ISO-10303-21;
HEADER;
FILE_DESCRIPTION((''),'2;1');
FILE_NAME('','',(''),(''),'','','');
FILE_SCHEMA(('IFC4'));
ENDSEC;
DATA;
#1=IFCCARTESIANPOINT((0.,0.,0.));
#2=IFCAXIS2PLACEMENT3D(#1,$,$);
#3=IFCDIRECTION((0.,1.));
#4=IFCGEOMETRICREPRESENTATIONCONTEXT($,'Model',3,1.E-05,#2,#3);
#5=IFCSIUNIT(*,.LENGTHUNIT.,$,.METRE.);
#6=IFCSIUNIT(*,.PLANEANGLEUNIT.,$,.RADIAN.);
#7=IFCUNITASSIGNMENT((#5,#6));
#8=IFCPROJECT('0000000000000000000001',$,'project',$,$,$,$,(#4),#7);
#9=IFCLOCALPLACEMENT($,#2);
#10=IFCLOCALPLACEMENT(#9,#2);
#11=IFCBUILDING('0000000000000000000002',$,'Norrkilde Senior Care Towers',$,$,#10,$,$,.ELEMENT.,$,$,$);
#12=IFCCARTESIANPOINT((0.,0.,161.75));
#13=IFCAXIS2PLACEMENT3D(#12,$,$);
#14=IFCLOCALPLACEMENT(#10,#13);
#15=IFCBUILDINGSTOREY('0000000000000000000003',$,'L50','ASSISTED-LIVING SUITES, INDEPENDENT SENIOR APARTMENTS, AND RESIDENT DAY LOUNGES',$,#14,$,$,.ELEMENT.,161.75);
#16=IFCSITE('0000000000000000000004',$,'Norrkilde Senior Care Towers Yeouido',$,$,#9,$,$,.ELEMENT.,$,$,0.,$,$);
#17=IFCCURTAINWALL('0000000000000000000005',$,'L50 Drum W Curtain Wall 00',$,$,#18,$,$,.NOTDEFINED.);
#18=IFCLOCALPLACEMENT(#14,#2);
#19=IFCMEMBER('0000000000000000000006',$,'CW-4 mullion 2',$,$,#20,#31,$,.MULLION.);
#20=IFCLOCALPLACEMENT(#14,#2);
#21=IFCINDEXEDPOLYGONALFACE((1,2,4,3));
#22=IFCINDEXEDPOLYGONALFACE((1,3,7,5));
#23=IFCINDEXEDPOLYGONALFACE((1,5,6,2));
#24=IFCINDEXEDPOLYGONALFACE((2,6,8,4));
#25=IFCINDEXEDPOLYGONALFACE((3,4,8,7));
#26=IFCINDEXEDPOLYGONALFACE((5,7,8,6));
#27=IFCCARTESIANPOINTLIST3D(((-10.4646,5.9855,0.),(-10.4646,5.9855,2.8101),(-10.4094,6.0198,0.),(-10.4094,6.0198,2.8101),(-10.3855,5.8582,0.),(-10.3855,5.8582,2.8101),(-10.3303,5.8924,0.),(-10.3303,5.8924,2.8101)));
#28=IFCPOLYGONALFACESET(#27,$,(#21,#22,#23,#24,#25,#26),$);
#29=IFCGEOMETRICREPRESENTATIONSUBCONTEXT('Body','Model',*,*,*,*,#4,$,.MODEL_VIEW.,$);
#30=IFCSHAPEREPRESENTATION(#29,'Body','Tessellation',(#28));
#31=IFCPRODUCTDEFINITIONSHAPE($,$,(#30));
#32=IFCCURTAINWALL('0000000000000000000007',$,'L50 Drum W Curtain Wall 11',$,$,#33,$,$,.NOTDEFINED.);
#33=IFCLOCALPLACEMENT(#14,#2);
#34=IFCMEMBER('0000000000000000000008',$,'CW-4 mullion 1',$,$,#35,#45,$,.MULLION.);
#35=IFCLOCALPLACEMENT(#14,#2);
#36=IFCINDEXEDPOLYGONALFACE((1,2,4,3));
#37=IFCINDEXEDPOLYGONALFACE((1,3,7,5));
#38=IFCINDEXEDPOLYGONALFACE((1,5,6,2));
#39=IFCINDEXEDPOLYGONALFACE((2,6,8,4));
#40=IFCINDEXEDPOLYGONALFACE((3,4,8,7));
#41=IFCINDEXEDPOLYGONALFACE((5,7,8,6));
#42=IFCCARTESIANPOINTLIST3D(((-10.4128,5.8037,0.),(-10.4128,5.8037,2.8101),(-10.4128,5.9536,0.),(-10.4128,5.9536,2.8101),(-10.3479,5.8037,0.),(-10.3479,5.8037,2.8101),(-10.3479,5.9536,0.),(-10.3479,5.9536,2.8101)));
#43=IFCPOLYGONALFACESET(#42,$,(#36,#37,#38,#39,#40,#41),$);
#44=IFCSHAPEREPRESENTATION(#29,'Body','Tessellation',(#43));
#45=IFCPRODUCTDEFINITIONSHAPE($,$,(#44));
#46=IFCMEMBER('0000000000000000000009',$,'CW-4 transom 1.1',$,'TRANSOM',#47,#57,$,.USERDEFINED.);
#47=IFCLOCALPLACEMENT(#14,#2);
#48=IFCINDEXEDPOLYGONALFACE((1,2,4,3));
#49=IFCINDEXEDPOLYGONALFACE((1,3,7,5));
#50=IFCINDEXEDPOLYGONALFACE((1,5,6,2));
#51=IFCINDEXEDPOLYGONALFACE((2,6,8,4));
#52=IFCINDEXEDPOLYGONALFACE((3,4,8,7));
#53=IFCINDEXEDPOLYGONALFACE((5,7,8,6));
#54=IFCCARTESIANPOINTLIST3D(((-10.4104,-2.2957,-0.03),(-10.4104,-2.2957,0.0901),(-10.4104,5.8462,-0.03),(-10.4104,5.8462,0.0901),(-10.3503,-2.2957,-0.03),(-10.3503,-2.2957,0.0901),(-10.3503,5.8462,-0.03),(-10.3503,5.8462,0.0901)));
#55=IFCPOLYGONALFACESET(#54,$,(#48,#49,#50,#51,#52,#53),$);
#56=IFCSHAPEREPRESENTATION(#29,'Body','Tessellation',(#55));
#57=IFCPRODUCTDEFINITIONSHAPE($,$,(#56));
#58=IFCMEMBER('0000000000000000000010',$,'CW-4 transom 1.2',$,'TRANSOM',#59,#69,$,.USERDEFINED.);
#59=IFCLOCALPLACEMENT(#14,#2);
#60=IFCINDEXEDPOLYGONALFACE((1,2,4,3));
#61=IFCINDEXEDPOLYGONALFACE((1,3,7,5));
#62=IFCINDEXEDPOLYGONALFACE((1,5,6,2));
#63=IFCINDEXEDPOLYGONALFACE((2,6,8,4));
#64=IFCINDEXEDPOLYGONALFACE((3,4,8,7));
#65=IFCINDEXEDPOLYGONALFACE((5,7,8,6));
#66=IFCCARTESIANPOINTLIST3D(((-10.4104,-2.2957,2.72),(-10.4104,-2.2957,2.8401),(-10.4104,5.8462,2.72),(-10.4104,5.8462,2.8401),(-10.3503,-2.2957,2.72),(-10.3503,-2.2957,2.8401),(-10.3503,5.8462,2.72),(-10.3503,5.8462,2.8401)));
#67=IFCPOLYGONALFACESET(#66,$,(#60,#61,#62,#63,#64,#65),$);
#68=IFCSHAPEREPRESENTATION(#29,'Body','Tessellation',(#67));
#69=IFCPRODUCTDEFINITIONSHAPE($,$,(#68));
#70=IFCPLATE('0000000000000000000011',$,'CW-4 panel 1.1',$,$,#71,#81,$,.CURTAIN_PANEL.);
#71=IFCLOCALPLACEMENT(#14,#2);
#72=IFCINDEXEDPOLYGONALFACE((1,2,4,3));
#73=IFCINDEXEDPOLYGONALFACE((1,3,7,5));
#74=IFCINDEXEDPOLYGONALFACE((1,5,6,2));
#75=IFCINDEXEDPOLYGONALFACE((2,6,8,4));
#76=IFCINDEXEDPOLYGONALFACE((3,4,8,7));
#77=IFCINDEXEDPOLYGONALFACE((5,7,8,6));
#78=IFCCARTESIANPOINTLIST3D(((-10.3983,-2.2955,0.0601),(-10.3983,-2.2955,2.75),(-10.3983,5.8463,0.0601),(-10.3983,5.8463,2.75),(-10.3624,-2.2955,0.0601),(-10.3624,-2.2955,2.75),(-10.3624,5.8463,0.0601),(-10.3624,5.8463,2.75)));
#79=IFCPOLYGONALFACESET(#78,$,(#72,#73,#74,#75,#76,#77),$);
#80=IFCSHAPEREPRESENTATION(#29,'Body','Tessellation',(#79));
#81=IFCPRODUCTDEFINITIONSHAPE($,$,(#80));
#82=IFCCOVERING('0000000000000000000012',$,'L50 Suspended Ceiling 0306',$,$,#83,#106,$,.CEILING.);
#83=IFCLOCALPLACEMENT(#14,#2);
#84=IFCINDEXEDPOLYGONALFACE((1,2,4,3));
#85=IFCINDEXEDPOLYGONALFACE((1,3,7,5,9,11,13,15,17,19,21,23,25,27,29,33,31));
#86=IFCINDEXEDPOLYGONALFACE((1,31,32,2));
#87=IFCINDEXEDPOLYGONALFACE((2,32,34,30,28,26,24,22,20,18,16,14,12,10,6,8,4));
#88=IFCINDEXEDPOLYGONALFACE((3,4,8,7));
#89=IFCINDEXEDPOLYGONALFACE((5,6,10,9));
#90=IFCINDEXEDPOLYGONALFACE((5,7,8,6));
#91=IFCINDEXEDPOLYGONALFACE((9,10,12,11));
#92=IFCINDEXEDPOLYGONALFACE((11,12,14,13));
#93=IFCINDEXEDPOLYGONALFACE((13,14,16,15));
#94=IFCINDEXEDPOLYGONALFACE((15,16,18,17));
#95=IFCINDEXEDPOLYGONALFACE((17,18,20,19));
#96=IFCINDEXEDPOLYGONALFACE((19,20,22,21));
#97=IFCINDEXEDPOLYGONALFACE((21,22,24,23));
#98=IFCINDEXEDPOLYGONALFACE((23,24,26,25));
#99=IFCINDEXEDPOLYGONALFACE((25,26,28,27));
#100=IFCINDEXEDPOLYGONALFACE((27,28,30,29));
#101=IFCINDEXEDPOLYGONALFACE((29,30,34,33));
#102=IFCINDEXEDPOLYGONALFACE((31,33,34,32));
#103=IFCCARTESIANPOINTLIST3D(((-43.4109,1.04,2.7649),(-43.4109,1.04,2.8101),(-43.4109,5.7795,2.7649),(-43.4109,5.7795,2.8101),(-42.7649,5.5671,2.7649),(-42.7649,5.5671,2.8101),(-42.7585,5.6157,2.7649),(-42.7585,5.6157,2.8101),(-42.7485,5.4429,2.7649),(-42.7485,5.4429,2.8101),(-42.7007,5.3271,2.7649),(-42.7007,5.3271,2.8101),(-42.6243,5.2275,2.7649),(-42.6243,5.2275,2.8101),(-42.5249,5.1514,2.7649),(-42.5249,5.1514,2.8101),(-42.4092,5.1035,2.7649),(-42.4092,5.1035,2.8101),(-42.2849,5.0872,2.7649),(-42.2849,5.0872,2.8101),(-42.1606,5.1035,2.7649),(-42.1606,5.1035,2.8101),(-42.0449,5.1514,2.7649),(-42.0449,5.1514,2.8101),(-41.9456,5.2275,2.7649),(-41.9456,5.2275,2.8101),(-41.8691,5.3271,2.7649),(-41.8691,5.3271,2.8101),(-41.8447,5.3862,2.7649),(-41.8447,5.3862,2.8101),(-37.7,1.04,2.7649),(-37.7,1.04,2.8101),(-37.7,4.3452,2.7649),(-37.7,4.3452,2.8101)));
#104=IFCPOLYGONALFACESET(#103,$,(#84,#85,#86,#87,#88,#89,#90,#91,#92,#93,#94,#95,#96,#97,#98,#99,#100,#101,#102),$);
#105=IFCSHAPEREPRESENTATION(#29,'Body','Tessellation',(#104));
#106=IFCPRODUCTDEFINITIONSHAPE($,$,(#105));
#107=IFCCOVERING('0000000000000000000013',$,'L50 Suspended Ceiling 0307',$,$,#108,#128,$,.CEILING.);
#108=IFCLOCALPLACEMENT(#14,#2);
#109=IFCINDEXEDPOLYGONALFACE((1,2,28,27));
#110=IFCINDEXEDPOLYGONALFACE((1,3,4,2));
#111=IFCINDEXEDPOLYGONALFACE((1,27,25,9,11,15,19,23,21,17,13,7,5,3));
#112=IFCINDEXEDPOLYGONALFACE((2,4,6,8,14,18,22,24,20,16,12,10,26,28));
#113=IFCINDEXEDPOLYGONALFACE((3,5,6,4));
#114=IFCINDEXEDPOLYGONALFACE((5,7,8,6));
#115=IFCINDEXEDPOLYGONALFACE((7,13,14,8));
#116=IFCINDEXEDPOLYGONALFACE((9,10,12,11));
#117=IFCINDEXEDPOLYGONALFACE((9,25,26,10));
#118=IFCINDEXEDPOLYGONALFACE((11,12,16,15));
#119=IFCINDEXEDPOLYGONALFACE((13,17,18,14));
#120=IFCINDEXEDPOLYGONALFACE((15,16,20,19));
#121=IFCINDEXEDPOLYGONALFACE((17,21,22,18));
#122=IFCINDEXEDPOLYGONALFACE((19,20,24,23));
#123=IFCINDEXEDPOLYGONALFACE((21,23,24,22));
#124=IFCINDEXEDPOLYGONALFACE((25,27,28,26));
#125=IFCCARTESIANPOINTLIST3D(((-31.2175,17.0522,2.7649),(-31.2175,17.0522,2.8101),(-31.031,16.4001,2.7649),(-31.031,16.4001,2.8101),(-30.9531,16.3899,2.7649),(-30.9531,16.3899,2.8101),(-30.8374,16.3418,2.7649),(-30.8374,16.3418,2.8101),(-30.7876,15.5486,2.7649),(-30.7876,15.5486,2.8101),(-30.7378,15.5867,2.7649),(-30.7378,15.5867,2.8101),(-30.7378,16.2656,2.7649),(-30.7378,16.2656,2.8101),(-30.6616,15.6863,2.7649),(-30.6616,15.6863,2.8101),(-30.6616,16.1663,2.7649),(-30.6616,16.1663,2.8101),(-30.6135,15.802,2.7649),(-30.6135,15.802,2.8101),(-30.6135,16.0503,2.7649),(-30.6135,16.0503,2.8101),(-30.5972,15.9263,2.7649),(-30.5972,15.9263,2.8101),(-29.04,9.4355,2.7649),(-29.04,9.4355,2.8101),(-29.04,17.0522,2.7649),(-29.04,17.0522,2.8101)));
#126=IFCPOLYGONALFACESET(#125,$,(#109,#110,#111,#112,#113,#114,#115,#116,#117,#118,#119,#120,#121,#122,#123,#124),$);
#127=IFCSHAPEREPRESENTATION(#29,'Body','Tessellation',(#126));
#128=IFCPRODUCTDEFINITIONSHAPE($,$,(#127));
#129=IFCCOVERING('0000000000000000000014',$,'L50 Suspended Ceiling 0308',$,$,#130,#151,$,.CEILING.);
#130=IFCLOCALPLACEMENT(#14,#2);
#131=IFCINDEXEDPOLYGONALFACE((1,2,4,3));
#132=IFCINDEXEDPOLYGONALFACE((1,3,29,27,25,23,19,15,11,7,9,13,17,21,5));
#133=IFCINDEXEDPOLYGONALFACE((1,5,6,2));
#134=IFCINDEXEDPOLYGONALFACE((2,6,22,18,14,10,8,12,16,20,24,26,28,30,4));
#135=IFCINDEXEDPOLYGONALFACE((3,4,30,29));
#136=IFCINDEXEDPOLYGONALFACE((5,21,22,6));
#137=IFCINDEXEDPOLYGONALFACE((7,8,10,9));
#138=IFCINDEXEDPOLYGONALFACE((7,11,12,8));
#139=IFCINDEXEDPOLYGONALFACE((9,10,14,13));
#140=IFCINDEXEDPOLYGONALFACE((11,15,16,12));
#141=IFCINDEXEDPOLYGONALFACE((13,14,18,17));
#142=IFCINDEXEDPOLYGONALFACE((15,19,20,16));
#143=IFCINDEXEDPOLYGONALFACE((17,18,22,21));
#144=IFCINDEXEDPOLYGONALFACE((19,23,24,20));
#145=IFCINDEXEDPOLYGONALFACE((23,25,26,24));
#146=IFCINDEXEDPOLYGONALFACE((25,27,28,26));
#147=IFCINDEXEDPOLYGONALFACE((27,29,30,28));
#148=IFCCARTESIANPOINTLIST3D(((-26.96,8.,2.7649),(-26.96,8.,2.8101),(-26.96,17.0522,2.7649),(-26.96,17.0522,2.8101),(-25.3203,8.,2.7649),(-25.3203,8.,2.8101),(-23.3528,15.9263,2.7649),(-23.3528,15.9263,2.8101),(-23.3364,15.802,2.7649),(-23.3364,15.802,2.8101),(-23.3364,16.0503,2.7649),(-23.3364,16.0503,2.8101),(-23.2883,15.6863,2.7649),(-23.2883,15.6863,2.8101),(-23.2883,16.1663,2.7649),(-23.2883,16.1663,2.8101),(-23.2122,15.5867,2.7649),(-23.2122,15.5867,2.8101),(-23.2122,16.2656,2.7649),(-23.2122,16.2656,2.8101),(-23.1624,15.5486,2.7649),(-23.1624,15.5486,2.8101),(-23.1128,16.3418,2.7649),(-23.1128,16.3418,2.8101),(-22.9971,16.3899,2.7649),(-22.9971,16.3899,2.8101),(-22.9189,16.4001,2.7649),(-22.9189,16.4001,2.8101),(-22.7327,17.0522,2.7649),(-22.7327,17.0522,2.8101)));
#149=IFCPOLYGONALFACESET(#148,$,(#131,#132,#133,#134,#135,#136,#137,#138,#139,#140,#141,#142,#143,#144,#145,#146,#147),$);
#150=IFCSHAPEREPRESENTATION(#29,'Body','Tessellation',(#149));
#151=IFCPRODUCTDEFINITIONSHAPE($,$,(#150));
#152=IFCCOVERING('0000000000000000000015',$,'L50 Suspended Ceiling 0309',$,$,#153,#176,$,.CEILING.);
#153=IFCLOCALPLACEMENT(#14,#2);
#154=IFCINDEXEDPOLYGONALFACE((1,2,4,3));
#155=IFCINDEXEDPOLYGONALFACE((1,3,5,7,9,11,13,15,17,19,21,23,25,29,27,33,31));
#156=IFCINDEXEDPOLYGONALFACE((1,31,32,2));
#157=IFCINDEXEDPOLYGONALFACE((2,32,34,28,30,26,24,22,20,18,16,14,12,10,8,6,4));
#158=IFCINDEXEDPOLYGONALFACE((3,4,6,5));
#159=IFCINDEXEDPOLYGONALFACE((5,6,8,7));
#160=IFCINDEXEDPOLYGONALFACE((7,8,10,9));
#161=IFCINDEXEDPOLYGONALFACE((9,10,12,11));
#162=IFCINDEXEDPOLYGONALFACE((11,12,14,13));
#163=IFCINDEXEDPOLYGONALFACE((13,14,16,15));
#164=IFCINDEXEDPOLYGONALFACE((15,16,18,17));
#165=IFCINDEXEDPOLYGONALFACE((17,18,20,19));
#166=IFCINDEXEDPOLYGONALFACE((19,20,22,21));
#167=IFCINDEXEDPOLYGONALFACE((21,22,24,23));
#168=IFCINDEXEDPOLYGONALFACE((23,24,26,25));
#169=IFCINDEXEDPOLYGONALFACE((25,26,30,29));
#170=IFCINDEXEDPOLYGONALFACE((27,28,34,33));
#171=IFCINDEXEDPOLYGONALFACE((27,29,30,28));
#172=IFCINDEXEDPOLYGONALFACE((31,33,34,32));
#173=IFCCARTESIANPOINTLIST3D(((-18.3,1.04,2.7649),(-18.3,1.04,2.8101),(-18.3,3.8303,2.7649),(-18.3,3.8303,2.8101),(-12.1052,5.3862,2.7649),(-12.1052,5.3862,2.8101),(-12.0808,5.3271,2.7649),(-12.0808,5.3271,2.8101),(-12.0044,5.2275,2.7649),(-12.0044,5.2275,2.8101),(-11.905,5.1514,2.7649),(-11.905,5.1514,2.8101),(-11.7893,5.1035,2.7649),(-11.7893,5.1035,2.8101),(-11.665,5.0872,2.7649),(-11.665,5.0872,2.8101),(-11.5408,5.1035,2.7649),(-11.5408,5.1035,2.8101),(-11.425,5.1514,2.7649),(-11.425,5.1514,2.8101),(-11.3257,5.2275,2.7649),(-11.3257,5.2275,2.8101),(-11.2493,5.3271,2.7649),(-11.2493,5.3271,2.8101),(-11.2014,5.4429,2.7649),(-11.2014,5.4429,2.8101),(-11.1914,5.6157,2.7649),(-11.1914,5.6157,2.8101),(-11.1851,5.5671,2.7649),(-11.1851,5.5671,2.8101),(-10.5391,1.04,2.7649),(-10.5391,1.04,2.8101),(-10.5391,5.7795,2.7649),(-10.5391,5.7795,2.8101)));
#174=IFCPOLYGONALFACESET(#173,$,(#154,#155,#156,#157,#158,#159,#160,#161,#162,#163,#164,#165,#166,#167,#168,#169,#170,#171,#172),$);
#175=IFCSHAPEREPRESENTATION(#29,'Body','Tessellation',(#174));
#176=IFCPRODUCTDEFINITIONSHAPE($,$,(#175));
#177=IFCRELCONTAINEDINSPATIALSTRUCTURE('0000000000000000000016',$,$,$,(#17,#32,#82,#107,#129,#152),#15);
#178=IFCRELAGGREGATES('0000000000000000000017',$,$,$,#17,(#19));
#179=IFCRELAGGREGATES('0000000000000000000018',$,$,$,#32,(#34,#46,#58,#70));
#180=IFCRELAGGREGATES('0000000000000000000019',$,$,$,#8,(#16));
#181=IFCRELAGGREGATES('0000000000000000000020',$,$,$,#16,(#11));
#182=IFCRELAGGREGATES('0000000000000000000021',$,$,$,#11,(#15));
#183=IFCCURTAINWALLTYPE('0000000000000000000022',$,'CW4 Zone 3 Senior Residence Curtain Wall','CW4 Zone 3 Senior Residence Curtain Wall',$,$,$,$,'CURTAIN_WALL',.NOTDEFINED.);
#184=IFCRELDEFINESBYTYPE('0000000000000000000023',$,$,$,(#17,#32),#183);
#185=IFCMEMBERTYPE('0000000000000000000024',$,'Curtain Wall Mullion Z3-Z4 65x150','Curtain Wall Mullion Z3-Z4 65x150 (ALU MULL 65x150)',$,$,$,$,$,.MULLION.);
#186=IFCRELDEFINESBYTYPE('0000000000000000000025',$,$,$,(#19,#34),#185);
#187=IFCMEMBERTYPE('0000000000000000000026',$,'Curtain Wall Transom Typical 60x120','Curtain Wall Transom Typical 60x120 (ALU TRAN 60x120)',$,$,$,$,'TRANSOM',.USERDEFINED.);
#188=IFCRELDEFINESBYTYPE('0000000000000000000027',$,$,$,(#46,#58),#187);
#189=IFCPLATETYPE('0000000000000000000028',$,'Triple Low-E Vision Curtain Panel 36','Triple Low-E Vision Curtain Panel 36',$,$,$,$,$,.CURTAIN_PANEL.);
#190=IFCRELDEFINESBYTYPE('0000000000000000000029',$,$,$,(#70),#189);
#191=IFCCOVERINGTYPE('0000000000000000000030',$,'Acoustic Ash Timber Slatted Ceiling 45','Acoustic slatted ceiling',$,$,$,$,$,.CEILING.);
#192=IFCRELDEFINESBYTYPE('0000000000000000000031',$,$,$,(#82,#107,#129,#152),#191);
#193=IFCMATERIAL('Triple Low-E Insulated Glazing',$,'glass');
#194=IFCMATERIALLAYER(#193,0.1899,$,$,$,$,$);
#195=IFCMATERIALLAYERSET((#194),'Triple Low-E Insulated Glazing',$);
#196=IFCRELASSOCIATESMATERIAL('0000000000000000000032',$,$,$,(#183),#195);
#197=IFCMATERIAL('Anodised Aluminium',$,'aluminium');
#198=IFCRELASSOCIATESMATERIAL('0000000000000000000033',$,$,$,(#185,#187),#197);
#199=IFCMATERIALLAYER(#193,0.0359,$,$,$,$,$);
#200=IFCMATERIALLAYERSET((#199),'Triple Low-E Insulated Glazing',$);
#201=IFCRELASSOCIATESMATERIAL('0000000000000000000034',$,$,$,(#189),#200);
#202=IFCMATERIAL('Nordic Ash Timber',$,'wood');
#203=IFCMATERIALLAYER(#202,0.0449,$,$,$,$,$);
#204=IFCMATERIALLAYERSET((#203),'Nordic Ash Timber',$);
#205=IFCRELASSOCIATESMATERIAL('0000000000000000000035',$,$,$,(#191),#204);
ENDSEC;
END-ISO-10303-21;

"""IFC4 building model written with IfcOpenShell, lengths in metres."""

from ifc_helpers import new_model, si_unit, direction, frame, origin, origin_2d, place, context, subcontext, project, spatial, polyline, rectangle, outline, extrude, source, transform, mapped, material, layer, layer_set, material_profile, profile_set, type_object, type_shapes, element, aggregate, save


model = new_model("IFC4")

# Units and contexts
model_context = context("Model", 3, precision=1e-05, world=origin(), true_north=direction((0.0, 1.0)))
body_context = subcontext(model_context, "Body", "Model", "MODEL_VIEW")
ifc_project = project(units=[si_unit("LENGTHUNIT", "METRE"), si_unit("PLANEANGLEUNIT", "RADIAN")], contexts=[model_context])

# Site, building, storey
site_placement = place(None, origin())
site = spatial("IfcSite", under=ifc_project, at=site_placement, Name="Norrkilde Senior Care Towers Yeouido", CompositionType="ELEMENT", RefElevation=0.0)
building_placement = place(site_placement, origin())
building = spatial("IfcBuilding", under=site, at=building_placement, Name="Norrkilde Senior Care Towers", CompositionType="ELEMENT")
storey_placement = place(building_placement, frame((0.0, 0.0, 161.75)))
storey = spatial("IfcBuildingStorey", under=building, at=storey_placement, Name="L50", Description="ASSISTED-LIVING SUITES, INDEPENDENT SENIOR APARTMENTS, AND RESIDENT DAY LOUNGES", CompositionType="ELEMENT", Elevation=161.75)

# Curtain wall, member
ifc_material_1 = material(Name="Triple Low-E Insulated Glazing", Category="glass")
ifc_layer_1 = layer(ifc_material_1, 0.1899)
ifc_layer_set_1 = layer_set([ifc_layer_1], Name="Triple Low-E Insulated Glazing")
curtain_wall_type = type_object("IfcCurtainWallType", Name="CW4 Zone 3 Senior Residence Curtain Wall", Description="CW4 Zone 3 Senior Residence Curtain Wall", ElementType="CURTAIN_WALL", PredefinedType="NOTDEFINED", material=ifc_layer_set_1)
curtain_wall_1_placement = place(storey_placement, origin())
curtain_wall_1 = element("IfcCurtainWall", 1, at=curtain_wall_1_placement, inside=storey, type_object=curtain_wall_type, Name="L50 Drum W Curtain Wall 00", PredefinedType="NOTDEFINED")
ifc_material_2 = material(Name="Anodised Aluminium", Category="aluminium")
ifc_material_profile_1 = material_profile(ifc_material_2, rectangle(XDim=0.0649, YDim=0.1499, at=origin_2d()), Name="ALU MULL 65x150")
ifc_profile_set_1 = profile_set([ifc_material_profile_1], Name="Anodised Aluminium")
member_type_1 = type_object("IfcMemberType", Name="Curtain Wall Mullion Z3-Z4 65x150", Description="Curtain Wall Mullion Z3-Z4 65x150 (ALU MULL 65x150)", PredefinedType="MULLION", material=ifc_profile_set_1)
shared_shape_1 = source(origin(), body_context, "Body", "SweptSolid", [
    extrude(rectangle(XDim=0.0649, YDim=0.1499, at=origin_2d()), origin(), (0.0, 0.0, 1.0), 2.8101),
])
type_shapes(member_type_1, [shared_shape_1])
member_1_placement = place(storey_placement, frame((-10.3975, 5.939, 0.0), z_axis=(0.0, 0.0, 1.0), x_axis=(0.849634, 0.527373, 0.0)))
member_1 = element("IfcMember", 2, at=member_1_placement, type_object=member_type_1, Name="CW-4 mullion 2", PredefinedType="MULLION", context=body_context, shape_type="MappedRepresentation", body=[
    mapped(shared_shape_1, transform((0.0, 0.0, 0.0), x_axis=(1.0, 0.0, 0.0), y_axis=(0.0, 1.0, 0.0), z_axis=(0.0, 0.0, 1.0), scale=1.0)),
])
aggregate(curtain_wall_1, [member_1])

# Curtain wall, members, plate
curtain_wall_2_placement = place(storey_placement, origin())
curtain_wall_2 = element("IfcCurtainWall", 3, at=curtain_wall_2_placement, inside=storey, type_object=curtain_wall_type, Name="L50 Drum W Curtain Wall 11", PredefinedType="NOTDEFINED")
member_2_placement = place(storey_placement, frame((-10.3804, 5.8787, 0.0), z_axis=(0.0, 0.0, 1.0), x_axis=(1.0, 0.0, 0.0)))
member_2 = element("IfcMember", 4, at=member_2_placement, type_object=member_type_1, Name="CW-4 mullion 1", PredefinedType="MULLION", context=body_context, shape_type="MappedRepresentation", body=[
    mapped(shared_shape_1, transform((0.0, 0.0, 0.0), x_axis=(1.0, 0.0, 0.0), y_axis=(0.0, 1.0, 0.0), z_axis=(0.0, 0.0, 1.0), scale=1.0)),
])
ifc_material_profile_2 = material_profile(ifc_material_2, rectangle(XDim=0.0601, YDim=0.1201, at=origin_2d()), Name="ALU TRAN 60x120")
ifc_profile_set_2 = profile_set([ifc_material_profile_2], Name="Anodised Aluminium")
member_type_2 = type_object("IfcMemberType", Name="Curtain Wall Transom Typical 60x120", Description="Curtain Wall Transom Typical 60x120 (ALU TRAN 60x120)", ElementType="TRANSOM", PredefinedType="USERDEFINED", material=ifc_profile_set_2)
shared_shape_2 = source(origin(), body_context, "Body", "SweptSolid", [
    extrude(rectangle(XDim=0.0601, YDim=0.1201, at=origin_2d()), origin(), (0.0, 0.0, 1.0), 8.1418),
])
type_shapes(member_type_2, [shared_shape_2])
member_3_placement = place(storey_placement, frame((-10.3804, 5.8462, 0.03), z_axis=(0.0, -1.0, 0.0), x_axis=(1.0, 0.0, 0.0)))
member_3 = element("IfcMember", 5, at=member_3_placement, type_object=member_type_2, Name="CW-4 transom 1.1", ObjectType="TRANSOM", PredefinedType="USERDEFINED", context=body_context, shape_type="MappedRepresentation", body=[
    mapped(shared_shape_2, transform((0.0, 0.0, 0.0), x_axis=(1.0, 0.0, 0.0), y_axis=(0.0, 1.0, 0.0), z_axis=(0.0, 0.0, 1.0), scale=1.0)),
])
member_4_placement = place(storey_placement, frame((-10.3804, 5.8462, 2.78), z_axis=(0.0, -1.0, 0.0), x_axis=(1.0, 0.0, 0.0)))
member_4 = element("IfcMember", 6, at=member_4_placement, type_object=member_type_2, Name="CW-4 transom 1.2", ObjectType="TRANSOM", PredefinedType="USERDEFINED", context=body_context, shape_type="MappedRepresentation", body=[
    mapped(shared_shape_2, transform((0.0, 0.0, 0.0), x_axis=(1.0, 0.0, 0.0), y_axis=(0.0, 1.0, 0.0), z_axis=(0.0, 0.0, 1.0), scale=1.0)),
])
ifc_layer_2 = layer(ifc_material_1, 0.0359)
ifc_layer_set_2 = layer_set([ifc_layer_2], Name="Triple Low-E Insulated Glazing")
plate_type = type_object("IfcPlateType", Name="Triple Low-E Vision Curtain Panel 36", Description="Triple Low-E Vision Curtain Panel 36", PredefinedType="CURTAIN_PANEL", material=ifc_layer_set_2)
shared_shape_3 = source(origin(), body_context, "Body", "SweptSolid", [
    extrude(rectangle(XDim=8.1418, YDim=0.0359, at=origin_2d()), origin(), (0.0, 0.0, 1.0), 2.6899),
])
type_shapes(plate_type, [shared_shape_3])
plate_placement = place(storey_placement, frame((-10.3804, 1.7754, 0.0601), z_axis=(0.0, 0.0, 1.0), x_axis=(0.0, -1.0, 0.0)))
plate = element("IfcPlate", 7, at=plate_placement, type_object=plate_type, Name="CW-4 panel 1.1", PredefinedType="CURTAIN_PANEL", context=body_context, shape_type="MappedRepresentation", body=[
    mapped(shared_shape_3, transform((0.0, 0.0, 0.0), x_axis=(1.0, 0.0, 0.0), y_axis=(0.0, 1.0, 0.0), z_axis=(0.0, 0.0, 1.0), scale=1.0)),
])
aggregate(curtain_wall_2, [member_2, member_3, member_4, plate])

# Coverings
ifc_material_3 = material(Name="Nordic Ash Timber", Category="wood")
ifc_layer_3 = layer(ifc_material_3, 0.0449)
ifc_layer_set_3 = layer_set([ifc_layer_3], Name="Nordic Ash Timber")
covering_type_1 = type_object("IfcCoveringType", Name="Acoustic Ash Timber Slatted Ceiling 45", Description="Acoustic slatted ceiling", PredefinedType="CEILING", material=ifc_layer_set_3)
covering_1_placement = place(storey_placement, frame((0.0, 0.0, 2.7649)))
element("IfcCovering", 8, at=covering_1_placement, inside=storey, type_object=covering_type_1, Name="L50 Suspended Ceiling 0306", PredefinedType="CEILING", context=body_context, shape_type="SweptSolid", body=[
    extrude(outline(polyline([(-37.7, 1.04), (-43.4109, 1.04), (-43.4109, 5.7795), (-42.7585, 5.6157), (-42.7649, 5.5671), (-42.7485, 5.4429), (-42.7007, 5.3271), (-42.6243, 5.2275), (-42.5249, 5.1514), (-42.4092, 5.1035), (-42.2849, 5.0872), (-42.1606, 5.1035), (-42.0449, 5.1514), (-41.9456, 5.2275), (-41.8691, 5.3271), (-41.8447, 5.3862), (-37.7, 4.3452), (-37.7, 1.04)])), origin(), (0.0, 0.0, 1.0), 0.0452),
])
covering_2_placement = place(storey_placement, frame((0.0, 0.0, 2.7649)))
element("IfcCovering", 9, at=covering_2_placement, inside=storey, type_object=covering_type_1, Name="L50 Suspended Ceiling 0307", PredefinedType="CEILING", context=body_context, shape_type="SweptSolid", body=[
    extrude(outline(polyline([(-30.7876, 15.5486), (-30.7378, 15.5867), (-30.6616, 15.6863), (-30.6135, 15.802), (-30.5972, 15.9263), (-30.6135, 16.0503), (-30.6616, 16.1663), (-30.7378, 16.2656), (-30.8374, 16.3418), (-30.9531, 16.3899), (-31.031, 16.4001), (-31.2175, 17.0522), (-29.04, 17.0522), (-29.04, 9.4355), (-30.7876, 15.5486)])), origin(), (0.0, 0.0, 1.0), 0.0452),
])
covering_3_placement = place(storey_placement, frame((0.0, 0.0, 2.7649)))
element("IfcCovering", 10, at=covering_3_placement, inside=storey, type_object=covering_type_1, Name="L50 Suspended Ceiling 0308", PredefinedType="CEILING", context=body_context, shape_type="SweptSolid", body=[
    extrude(outline(polyline([(-22.7327, 17.0522), (-22.9189, 16.4001), (-22.9971, 16.3899), (-23.1128, 16.3418), (-23.2122, 16.2656), (-23.2883, 16.1663), (-23.3364, 16.0503), (-23.3528, 15.9263), (-23.3364, 15.802), (-23.2883, 15.6863), (-23.2122, 15.5867), (-23.1624, 15.5486), (-25.3203, 8.0), (-26.96, 8.0), (-26.96, 17.0522), (-22.7327, 17.0522)])), origin(), (0.0, 0.0, 1.0), 0.0452),
])
covering_4_placement = place(storey_placement, frame((0.0, 0.0, 2.7649)))
element("IfcCovering", 11, at=covering_4_placement, inside=storey, type_object=covering_type_1, Name="L50 Suspended Ceiling 0309", PredefinedType="CEILING", context=body_context, shape_type="SweptSolid", body=[
    extrude(outline(polyline([(-10.5391, 1.04), (-18.3, 1.04), (-18.3, 3.8303), (-12.1052, 5.3862), (-12.0808, 5.3271), (-12.0044, 5.2275), (-11.905, 5.1514), (-11.7893, 5.1035), (-11.665, 5.0872), (-11.5408, 5.1035), (-11.425, 5.1514), (-11.3257, 5.2275), (-11.2493, 5.3271), (-11.2014, 5.4429), (-11.1851, 5.5671), (-11.1914, 5.6157), (-10.5391, 5.7795), (-10.5391, 1.04)])), origin(), (0.0, 0.0, 1.0), 0.0452),
])

save(model, "model.ifc")
